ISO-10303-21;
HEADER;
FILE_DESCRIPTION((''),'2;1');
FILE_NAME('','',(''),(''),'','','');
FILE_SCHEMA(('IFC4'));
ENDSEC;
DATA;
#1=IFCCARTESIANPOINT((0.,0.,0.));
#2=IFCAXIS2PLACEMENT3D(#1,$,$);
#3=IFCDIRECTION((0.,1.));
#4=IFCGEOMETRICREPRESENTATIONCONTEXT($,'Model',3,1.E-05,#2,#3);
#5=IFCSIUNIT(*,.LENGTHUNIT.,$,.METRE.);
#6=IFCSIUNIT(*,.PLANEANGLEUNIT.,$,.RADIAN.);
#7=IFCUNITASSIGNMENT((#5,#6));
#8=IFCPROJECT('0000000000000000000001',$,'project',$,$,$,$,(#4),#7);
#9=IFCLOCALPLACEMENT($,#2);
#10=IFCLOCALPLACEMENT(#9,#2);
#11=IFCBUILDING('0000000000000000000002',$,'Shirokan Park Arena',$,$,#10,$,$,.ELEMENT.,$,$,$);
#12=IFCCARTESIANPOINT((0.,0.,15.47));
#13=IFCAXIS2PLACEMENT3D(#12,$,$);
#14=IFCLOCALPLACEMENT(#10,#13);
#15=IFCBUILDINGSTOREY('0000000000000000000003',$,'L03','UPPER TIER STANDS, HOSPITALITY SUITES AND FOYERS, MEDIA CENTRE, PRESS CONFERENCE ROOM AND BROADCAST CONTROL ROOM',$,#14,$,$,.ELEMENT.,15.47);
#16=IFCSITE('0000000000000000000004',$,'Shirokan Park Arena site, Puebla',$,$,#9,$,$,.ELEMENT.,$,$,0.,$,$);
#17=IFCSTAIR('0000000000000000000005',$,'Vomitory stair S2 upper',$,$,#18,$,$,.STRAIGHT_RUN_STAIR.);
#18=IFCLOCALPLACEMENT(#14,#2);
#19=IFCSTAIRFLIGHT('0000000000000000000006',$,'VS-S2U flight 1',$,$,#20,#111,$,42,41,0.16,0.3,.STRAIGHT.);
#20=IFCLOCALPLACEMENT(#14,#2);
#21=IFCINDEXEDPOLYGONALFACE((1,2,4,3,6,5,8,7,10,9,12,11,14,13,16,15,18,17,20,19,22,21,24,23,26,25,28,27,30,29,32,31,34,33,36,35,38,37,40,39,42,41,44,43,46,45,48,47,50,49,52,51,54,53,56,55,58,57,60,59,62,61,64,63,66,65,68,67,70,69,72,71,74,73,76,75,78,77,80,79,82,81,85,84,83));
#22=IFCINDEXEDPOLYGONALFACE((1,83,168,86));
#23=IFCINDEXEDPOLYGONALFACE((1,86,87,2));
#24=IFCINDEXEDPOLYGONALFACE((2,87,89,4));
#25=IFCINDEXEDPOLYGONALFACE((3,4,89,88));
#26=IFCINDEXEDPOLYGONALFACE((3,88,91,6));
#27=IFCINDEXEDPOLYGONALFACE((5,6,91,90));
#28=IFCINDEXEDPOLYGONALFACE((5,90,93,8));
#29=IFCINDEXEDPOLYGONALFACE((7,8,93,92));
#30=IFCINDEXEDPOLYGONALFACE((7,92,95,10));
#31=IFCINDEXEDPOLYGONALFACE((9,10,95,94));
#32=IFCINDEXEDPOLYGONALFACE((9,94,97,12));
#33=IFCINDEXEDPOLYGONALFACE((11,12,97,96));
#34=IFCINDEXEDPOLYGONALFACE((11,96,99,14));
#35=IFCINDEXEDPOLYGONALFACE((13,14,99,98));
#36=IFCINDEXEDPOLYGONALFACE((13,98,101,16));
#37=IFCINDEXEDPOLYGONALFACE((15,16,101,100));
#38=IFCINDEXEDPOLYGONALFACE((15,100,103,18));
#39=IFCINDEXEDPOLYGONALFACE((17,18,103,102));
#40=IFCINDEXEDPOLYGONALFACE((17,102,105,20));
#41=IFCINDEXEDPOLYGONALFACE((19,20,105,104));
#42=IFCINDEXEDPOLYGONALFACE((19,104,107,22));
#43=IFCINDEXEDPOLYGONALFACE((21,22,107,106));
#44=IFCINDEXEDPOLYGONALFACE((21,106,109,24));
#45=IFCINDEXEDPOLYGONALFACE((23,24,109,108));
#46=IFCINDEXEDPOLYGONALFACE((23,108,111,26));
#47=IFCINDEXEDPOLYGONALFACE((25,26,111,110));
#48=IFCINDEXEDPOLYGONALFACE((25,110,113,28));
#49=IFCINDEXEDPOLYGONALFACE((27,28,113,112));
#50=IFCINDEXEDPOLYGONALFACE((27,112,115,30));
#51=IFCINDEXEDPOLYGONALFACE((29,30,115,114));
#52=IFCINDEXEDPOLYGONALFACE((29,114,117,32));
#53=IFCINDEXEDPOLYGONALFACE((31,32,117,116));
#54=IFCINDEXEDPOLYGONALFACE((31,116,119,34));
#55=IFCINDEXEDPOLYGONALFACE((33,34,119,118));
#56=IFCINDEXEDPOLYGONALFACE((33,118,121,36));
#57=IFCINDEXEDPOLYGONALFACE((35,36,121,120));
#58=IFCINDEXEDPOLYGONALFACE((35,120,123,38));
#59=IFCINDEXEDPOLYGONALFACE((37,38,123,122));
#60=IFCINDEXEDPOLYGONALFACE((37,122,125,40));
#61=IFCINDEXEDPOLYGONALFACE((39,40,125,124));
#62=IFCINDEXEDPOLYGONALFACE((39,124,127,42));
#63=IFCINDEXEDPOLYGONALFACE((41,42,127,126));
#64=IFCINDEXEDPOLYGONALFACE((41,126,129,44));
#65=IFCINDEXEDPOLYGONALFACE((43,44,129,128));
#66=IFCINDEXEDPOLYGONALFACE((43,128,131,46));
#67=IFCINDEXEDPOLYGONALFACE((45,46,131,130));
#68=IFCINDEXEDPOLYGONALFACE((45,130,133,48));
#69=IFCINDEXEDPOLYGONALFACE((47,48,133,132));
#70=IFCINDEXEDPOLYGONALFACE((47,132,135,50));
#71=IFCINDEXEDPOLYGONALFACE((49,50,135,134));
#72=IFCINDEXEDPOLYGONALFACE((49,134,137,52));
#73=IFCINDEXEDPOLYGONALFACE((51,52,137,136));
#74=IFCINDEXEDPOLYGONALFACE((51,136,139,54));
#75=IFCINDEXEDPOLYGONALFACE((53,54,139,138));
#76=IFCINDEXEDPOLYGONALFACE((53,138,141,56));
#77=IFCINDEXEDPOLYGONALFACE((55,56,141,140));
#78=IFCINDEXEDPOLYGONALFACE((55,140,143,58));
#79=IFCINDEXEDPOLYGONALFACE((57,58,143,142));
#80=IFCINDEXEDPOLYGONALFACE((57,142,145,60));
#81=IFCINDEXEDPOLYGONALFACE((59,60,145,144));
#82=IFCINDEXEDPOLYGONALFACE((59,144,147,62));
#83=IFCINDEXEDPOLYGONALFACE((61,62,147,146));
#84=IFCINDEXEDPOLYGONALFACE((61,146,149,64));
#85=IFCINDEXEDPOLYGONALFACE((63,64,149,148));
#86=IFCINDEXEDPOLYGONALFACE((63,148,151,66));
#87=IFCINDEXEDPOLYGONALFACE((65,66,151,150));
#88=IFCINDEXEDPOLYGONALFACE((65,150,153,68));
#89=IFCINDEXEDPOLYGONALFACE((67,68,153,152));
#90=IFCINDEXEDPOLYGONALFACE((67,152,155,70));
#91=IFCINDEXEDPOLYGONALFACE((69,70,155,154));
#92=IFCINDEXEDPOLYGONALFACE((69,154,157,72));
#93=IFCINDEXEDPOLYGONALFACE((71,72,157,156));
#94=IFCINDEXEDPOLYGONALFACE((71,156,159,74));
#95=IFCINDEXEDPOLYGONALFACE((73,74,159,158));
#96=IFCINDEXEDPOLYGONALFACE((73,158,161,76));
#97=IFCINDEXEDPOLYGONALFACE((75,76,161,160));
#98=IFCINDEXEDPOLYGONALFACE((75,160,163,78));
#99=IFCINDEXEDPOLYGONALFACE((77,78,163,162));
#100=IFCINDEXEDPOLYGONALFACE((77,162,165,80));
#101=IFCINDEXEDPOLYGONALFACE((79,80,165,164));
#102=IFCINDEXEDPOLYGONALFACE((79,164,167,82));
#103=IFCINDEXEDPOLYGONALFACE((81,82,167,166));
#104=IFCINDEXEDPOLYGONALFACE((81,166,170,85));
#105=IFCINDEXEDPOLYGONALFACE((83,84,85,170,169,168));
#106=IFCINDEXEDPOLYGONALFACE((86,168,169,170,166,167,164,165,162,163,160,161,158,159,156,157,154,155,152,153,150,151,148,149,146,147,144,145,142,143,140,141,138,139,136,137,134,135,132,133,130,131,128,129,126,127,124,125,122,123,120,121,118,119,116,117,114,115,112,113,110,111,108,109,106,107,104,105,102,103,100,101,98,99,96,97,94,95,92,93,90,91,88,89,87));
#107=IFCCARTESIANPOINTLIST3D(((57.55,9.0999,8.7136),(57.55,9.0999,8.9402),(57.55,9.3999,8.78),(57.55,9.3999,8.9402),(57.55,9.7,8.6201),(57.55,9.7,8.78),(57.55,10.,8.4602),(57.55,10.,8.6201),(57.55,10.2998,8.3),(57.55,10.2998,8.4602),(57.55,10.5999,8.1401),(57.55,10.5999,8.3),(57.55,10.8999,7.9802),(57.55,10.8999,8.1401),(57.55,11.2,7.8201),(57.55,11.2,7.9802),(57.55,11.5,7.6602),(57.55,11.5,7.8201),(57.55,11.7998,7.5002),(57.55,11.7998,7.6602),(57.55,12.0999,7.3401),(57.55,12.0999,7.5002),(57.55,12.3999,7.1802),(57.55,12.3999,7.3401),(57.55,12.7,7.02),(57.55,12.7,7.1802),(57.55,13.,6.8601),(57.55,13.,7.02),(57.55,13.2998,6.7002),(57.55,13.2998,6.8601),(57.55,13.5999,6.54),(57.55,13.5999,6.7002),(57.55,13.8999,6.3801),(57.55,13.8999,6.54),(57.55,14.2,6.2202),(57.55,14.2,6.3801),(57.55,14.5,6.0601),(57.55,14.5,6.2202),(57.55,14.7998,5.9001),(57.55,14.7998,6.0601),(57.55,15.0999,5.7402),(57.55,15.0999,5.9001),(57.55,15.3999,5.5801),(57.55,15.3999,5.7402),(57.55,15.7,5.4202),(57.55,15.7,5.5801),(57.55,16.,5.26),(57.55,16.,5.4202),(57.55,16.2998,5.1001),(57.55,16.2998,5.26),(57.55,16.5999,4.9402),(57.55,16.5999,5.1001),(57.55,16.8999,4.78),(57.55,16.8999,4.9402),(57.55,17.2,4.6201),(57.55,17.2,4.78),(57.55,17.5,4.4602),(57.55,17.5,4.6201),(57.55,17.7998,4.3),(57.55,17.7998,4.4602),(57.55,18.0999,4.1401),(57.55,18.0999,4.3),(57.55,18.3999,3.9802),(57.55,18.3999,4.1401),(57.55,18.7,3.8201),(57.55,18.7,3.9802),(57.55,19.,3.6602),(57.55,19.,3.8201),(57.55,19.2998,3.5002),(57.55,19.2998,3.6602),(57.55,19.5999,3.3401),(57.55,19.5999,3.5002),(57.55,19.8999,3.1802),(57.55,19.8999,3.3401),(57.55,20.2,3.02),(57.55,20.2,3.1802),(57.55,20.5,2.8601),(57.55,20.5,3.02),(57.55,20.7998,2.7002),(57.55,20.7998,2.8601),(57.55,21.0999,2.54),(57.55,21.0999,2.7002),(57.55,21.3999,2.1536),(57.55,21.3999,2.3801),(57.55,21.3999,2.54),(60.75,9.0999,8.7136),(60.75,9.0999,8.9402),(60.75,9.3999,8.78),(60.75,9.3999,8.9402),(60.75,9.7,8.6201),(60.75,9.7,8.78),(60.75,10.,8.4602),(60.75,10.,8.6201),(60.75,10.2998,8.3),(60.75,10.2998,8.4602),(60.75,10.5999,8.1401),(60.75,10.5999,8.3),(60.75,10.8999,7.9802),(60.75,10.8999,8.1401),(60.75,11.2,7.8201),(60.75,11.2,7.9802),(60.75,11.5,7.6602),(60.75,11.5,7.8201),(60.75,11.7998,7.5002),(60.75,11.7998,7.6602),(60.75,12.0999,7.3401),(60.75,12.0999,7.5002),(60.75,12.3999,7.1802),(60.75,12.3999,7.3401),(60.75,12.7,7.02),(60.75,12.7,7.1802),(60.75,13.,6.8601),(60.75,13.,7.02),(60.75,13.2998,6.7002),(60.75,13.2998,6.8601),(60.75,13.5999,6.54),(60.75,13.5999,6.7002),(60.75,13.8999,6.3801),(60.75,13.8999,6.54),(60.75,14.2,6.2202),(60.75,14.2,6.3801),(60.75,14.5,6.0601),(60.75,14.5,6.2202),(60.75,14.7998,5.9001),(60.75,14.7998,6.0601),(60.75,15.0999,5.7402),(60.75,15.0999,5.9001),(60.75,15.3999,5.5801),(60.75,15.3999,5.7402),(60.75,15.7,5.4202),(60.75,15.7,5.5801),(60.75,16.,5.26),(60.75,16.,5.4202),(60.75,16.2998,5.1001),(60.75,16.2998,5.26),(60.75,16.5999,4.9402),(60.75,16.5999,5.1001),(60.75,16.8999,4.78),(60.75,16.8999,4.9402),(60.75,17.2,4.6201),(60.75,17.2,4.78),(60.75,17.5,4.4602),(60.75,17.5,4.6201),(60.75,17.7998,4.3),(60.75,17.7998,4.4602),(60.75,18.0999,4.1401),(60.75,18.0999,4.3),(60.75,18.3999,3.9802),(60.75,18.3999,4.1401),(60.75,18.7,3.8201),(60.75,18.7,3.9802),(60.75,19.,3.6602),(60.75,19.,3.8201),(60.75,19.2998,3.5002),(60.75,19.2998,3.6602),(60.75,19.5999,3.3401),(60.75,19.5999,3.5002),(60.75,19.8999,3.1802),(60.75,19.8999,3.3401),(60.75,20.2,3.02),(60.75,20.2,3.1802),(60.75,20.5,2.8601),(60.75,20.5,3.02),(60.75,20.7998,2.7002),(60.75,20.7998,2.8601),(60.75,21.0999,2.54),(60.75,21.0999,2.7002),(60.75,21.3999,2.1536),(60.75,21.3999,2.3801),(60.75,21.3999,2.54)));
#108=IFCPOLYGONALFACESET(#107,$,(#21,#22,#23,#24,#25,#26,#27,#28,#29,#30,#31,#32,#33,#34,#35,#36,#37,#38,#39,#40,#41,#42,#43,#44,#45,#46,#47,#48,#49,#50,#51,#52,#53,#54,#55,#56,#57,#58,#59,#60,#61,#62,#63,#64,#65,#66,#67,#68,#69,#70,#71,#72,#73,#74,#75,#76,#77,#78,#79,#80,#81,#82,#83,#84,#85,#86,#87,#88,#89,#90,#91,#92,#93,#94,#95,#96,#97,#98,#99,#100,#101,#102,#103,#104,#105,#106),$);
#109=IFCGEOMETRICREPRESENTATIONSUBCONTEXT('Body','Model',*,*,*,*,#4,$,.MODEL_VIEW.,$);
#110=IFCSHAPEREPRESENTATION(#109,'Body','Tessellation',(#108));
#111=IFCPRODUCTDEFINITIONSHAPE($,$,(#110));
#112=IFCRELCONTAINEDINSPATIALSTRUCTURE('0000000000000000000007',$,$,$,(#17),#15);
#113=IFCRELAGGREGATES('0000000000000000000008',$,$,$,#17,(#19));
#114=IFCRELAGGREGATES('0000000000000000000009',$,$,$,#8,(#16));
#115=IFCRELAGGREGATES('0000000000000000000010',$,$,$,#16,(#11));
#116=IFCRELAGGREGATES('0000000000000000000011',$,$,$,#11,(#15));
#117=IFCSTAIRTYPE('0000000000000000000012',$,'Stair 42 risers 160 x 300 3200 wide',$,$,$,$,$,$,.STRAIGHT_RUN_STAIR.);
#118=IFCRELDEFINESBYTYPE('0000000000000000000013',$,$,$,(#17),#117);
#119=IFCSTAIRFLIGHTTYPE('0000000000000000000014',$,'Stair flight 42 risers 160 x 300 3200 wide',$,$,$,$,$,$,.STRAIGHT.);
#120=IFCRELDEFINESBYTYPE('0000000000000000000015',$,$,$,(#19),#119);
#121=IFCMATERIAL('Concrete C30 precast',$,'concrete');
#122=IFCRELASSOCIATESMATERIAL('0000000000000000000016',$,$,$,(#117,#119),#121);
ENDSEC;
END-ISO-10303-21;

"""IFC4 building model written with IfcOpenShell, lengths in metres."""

from ifc_helpers import new_model, si_unit, direction, frame, origin, place, context, subcontext, project, spatial, polyline, outline, extrude, material, type_object, element, aggregate, save


model = new_model("IFC4")

# Units and contexts
model_context = context("Model", 3, precision=1e-05, world=origin(), true_north=direction((0.0, 1.0)))
body_context = subcontext(model_context, "Body", "Model", "MODEL_VIEW")
ifc_project = project(units=[si_unit("LENGTHUNIT", "METRE"), si_unit("PLANEANGLEUNIT", "RADIAN")], contexts=[model_context])

# Site, building, storey
site_placement = place(None, origin())
site = spatial("IfcSite", under=ifc_project, at=site_placement, Name="Shirokan Park Arena site, Puebla", CompositionType="ELEMENT", RefElevation=0.0)
building_placement = place(site_placement, origin())
building = spatial("IfcBuilding", under=site, at=building_placement, Name="Shirokan Park Arena", CompositionType="ELEMENT")
storey_placement = place(building_placement, frame((0.0, 0.0, 15.47)))
storey = spatial("IfcBuildingStorey", under=building, at=storey_placement, Name="L03", Description="UPPER TIER STANDS, HOSPITALITY SUITES AND FOYERS, MEDIA CENTRE, PRESS CONFERENCE ROOM AND BROADCAST CONTROL ROOM", CompositionType="ELEMENT", Elevation=15.47)

# Stair, stair flight
ifc_material_1 = material(Name="Concrete C30 precast", Category="concrete")
stair_type = type_object("IfcStairType", Name="Stair 42 risers 160 x 300 3200 wide", PredefinedType="STRAIGHT_RUN_STAIR", material=ifc_material_1)
stair_flight_type = type_object("IfcStairFlightType", Name="Stair flight 42 risers 160 x 300 3200 wide", PredefinedType="STRAIGHT", material=ifc_material_1)
stair_1_placement = place(storey_placement, origin())
stair_1 = element("IfcStair", 1, at=stair_1_placement, inside=storey, type_object=stair_type, Name="Vomitory stair S2 upper", PredefinedType="STRAIGHT_RUN_STAIR")
stair_flight_1_placement = place(storey_placement, frame((59.1499, 21.3999, 2.3801), z_axis=(0.0, 0.0, 1.0), x_axis=(0.0, -1.0, 0.0)))
stair_flight_1 = element("IfcStairFlight", 2, at=stair_flight_1_placement, type_object=stair_flight_type, Name="VS-S2U flight 1", NumberOfRisers=42, NumberOfTreads=41, PredefinedType="STRAIGHT", RiserHeight=0.16, TreadLength=0.3, context=body_context, shape_type="SweptSolid", body=[
    extrude(outline(polyline([(0.0, -0.2266), (0.0, 0.0), (0.0, 0.1599), (0.3, 0.1599), (0.3, 0.3201), (0.6001, 0.3201), (0.6001, 0.48), (0.8999, 0.48), (0.8999, 0.6399), (1.2, 0.6399), (1.2, 0.8), (1.5, 0.8), (1.5, 0.96), (1.8, 0.96), (1.8, 1.1201), (2.1001, 1.1201), (2.1001, 1.28), (2.3999, 1.28), (2.3999, 1.4399), (2.7, 1.4399), (2.7, 1.6001), (3.0, 1.6001), (3.0, 1.76), (3.3, 1.76), (3.3, 1.9199), (3.6001, 1.9199), (3.6001, 2.0801), (3.8999, 2.0801), (3.8999, 2.24), (4.2, 2.24), (4.2, 2.3999), (4.5, 2.3999), (4.5, 2.5601), (4.8, 2.5601), (4.8, 2.72), (5.1001, 2.72), (5.1001, 2.8799), (5.3999, 2.8799), (5.3999, 3.04), (5.7, 3.04), (5.7, 3.2), (6.0, 3.2), (6.0, 3.3601), (6.3, 3.3601), (6.3, 3.52), (6.6001, 3.52), (6.6001, 3.6799), (6.8999, 3.6799), (6.8999, 3.8401), (7.2, 3.8401), (7.2, 4.0), (7.5, 4.0), (7.5, 4.1599), (7.8, 4.1599), (7.8, 4.3201), (8.1001, 4.3201), (8.1001, 4.48), (8.3999, 4.48), (8.3999, 4.6399), (8.7, 4.6399), (8.7, 4.8), (9.0, 4.8), (9.0, 4.96), (9.3, 4.96), (9.3, 5.1201), (9.6001, 5.1201), (9.6001, 5.28), (9.8999, 5.28), (9.8999, 5.4399), (10.2, 5.4399), (10.2, 5.6001), (10.5, 5.6001), (10.5, 5.76), (10.8, 5.76), (10.8, 5.9199), (11.1001, 5.9199), (11.1001, 6.0801), (11.3999, 6.0801), (11.3999, 6.24), (11.7, 6.24), (11.7, 6.3999), (12.0, 6.3999), (12.0, 6.5601), (12.3, 6.5601), (12.3, 6.72), (12.3, 6.3335), (0.0, -0.2266)])), frame((0.0, 1.6001, 0.0), z_axis=(0.0, -1.0, 0.0), x_axis=(1.0, 0.0, 0.0)), (0.0, 0.0, 1.0), 3.2),
])
aggregate(stair_1, [stair_flight_1])

save(model, "model.ifc")
